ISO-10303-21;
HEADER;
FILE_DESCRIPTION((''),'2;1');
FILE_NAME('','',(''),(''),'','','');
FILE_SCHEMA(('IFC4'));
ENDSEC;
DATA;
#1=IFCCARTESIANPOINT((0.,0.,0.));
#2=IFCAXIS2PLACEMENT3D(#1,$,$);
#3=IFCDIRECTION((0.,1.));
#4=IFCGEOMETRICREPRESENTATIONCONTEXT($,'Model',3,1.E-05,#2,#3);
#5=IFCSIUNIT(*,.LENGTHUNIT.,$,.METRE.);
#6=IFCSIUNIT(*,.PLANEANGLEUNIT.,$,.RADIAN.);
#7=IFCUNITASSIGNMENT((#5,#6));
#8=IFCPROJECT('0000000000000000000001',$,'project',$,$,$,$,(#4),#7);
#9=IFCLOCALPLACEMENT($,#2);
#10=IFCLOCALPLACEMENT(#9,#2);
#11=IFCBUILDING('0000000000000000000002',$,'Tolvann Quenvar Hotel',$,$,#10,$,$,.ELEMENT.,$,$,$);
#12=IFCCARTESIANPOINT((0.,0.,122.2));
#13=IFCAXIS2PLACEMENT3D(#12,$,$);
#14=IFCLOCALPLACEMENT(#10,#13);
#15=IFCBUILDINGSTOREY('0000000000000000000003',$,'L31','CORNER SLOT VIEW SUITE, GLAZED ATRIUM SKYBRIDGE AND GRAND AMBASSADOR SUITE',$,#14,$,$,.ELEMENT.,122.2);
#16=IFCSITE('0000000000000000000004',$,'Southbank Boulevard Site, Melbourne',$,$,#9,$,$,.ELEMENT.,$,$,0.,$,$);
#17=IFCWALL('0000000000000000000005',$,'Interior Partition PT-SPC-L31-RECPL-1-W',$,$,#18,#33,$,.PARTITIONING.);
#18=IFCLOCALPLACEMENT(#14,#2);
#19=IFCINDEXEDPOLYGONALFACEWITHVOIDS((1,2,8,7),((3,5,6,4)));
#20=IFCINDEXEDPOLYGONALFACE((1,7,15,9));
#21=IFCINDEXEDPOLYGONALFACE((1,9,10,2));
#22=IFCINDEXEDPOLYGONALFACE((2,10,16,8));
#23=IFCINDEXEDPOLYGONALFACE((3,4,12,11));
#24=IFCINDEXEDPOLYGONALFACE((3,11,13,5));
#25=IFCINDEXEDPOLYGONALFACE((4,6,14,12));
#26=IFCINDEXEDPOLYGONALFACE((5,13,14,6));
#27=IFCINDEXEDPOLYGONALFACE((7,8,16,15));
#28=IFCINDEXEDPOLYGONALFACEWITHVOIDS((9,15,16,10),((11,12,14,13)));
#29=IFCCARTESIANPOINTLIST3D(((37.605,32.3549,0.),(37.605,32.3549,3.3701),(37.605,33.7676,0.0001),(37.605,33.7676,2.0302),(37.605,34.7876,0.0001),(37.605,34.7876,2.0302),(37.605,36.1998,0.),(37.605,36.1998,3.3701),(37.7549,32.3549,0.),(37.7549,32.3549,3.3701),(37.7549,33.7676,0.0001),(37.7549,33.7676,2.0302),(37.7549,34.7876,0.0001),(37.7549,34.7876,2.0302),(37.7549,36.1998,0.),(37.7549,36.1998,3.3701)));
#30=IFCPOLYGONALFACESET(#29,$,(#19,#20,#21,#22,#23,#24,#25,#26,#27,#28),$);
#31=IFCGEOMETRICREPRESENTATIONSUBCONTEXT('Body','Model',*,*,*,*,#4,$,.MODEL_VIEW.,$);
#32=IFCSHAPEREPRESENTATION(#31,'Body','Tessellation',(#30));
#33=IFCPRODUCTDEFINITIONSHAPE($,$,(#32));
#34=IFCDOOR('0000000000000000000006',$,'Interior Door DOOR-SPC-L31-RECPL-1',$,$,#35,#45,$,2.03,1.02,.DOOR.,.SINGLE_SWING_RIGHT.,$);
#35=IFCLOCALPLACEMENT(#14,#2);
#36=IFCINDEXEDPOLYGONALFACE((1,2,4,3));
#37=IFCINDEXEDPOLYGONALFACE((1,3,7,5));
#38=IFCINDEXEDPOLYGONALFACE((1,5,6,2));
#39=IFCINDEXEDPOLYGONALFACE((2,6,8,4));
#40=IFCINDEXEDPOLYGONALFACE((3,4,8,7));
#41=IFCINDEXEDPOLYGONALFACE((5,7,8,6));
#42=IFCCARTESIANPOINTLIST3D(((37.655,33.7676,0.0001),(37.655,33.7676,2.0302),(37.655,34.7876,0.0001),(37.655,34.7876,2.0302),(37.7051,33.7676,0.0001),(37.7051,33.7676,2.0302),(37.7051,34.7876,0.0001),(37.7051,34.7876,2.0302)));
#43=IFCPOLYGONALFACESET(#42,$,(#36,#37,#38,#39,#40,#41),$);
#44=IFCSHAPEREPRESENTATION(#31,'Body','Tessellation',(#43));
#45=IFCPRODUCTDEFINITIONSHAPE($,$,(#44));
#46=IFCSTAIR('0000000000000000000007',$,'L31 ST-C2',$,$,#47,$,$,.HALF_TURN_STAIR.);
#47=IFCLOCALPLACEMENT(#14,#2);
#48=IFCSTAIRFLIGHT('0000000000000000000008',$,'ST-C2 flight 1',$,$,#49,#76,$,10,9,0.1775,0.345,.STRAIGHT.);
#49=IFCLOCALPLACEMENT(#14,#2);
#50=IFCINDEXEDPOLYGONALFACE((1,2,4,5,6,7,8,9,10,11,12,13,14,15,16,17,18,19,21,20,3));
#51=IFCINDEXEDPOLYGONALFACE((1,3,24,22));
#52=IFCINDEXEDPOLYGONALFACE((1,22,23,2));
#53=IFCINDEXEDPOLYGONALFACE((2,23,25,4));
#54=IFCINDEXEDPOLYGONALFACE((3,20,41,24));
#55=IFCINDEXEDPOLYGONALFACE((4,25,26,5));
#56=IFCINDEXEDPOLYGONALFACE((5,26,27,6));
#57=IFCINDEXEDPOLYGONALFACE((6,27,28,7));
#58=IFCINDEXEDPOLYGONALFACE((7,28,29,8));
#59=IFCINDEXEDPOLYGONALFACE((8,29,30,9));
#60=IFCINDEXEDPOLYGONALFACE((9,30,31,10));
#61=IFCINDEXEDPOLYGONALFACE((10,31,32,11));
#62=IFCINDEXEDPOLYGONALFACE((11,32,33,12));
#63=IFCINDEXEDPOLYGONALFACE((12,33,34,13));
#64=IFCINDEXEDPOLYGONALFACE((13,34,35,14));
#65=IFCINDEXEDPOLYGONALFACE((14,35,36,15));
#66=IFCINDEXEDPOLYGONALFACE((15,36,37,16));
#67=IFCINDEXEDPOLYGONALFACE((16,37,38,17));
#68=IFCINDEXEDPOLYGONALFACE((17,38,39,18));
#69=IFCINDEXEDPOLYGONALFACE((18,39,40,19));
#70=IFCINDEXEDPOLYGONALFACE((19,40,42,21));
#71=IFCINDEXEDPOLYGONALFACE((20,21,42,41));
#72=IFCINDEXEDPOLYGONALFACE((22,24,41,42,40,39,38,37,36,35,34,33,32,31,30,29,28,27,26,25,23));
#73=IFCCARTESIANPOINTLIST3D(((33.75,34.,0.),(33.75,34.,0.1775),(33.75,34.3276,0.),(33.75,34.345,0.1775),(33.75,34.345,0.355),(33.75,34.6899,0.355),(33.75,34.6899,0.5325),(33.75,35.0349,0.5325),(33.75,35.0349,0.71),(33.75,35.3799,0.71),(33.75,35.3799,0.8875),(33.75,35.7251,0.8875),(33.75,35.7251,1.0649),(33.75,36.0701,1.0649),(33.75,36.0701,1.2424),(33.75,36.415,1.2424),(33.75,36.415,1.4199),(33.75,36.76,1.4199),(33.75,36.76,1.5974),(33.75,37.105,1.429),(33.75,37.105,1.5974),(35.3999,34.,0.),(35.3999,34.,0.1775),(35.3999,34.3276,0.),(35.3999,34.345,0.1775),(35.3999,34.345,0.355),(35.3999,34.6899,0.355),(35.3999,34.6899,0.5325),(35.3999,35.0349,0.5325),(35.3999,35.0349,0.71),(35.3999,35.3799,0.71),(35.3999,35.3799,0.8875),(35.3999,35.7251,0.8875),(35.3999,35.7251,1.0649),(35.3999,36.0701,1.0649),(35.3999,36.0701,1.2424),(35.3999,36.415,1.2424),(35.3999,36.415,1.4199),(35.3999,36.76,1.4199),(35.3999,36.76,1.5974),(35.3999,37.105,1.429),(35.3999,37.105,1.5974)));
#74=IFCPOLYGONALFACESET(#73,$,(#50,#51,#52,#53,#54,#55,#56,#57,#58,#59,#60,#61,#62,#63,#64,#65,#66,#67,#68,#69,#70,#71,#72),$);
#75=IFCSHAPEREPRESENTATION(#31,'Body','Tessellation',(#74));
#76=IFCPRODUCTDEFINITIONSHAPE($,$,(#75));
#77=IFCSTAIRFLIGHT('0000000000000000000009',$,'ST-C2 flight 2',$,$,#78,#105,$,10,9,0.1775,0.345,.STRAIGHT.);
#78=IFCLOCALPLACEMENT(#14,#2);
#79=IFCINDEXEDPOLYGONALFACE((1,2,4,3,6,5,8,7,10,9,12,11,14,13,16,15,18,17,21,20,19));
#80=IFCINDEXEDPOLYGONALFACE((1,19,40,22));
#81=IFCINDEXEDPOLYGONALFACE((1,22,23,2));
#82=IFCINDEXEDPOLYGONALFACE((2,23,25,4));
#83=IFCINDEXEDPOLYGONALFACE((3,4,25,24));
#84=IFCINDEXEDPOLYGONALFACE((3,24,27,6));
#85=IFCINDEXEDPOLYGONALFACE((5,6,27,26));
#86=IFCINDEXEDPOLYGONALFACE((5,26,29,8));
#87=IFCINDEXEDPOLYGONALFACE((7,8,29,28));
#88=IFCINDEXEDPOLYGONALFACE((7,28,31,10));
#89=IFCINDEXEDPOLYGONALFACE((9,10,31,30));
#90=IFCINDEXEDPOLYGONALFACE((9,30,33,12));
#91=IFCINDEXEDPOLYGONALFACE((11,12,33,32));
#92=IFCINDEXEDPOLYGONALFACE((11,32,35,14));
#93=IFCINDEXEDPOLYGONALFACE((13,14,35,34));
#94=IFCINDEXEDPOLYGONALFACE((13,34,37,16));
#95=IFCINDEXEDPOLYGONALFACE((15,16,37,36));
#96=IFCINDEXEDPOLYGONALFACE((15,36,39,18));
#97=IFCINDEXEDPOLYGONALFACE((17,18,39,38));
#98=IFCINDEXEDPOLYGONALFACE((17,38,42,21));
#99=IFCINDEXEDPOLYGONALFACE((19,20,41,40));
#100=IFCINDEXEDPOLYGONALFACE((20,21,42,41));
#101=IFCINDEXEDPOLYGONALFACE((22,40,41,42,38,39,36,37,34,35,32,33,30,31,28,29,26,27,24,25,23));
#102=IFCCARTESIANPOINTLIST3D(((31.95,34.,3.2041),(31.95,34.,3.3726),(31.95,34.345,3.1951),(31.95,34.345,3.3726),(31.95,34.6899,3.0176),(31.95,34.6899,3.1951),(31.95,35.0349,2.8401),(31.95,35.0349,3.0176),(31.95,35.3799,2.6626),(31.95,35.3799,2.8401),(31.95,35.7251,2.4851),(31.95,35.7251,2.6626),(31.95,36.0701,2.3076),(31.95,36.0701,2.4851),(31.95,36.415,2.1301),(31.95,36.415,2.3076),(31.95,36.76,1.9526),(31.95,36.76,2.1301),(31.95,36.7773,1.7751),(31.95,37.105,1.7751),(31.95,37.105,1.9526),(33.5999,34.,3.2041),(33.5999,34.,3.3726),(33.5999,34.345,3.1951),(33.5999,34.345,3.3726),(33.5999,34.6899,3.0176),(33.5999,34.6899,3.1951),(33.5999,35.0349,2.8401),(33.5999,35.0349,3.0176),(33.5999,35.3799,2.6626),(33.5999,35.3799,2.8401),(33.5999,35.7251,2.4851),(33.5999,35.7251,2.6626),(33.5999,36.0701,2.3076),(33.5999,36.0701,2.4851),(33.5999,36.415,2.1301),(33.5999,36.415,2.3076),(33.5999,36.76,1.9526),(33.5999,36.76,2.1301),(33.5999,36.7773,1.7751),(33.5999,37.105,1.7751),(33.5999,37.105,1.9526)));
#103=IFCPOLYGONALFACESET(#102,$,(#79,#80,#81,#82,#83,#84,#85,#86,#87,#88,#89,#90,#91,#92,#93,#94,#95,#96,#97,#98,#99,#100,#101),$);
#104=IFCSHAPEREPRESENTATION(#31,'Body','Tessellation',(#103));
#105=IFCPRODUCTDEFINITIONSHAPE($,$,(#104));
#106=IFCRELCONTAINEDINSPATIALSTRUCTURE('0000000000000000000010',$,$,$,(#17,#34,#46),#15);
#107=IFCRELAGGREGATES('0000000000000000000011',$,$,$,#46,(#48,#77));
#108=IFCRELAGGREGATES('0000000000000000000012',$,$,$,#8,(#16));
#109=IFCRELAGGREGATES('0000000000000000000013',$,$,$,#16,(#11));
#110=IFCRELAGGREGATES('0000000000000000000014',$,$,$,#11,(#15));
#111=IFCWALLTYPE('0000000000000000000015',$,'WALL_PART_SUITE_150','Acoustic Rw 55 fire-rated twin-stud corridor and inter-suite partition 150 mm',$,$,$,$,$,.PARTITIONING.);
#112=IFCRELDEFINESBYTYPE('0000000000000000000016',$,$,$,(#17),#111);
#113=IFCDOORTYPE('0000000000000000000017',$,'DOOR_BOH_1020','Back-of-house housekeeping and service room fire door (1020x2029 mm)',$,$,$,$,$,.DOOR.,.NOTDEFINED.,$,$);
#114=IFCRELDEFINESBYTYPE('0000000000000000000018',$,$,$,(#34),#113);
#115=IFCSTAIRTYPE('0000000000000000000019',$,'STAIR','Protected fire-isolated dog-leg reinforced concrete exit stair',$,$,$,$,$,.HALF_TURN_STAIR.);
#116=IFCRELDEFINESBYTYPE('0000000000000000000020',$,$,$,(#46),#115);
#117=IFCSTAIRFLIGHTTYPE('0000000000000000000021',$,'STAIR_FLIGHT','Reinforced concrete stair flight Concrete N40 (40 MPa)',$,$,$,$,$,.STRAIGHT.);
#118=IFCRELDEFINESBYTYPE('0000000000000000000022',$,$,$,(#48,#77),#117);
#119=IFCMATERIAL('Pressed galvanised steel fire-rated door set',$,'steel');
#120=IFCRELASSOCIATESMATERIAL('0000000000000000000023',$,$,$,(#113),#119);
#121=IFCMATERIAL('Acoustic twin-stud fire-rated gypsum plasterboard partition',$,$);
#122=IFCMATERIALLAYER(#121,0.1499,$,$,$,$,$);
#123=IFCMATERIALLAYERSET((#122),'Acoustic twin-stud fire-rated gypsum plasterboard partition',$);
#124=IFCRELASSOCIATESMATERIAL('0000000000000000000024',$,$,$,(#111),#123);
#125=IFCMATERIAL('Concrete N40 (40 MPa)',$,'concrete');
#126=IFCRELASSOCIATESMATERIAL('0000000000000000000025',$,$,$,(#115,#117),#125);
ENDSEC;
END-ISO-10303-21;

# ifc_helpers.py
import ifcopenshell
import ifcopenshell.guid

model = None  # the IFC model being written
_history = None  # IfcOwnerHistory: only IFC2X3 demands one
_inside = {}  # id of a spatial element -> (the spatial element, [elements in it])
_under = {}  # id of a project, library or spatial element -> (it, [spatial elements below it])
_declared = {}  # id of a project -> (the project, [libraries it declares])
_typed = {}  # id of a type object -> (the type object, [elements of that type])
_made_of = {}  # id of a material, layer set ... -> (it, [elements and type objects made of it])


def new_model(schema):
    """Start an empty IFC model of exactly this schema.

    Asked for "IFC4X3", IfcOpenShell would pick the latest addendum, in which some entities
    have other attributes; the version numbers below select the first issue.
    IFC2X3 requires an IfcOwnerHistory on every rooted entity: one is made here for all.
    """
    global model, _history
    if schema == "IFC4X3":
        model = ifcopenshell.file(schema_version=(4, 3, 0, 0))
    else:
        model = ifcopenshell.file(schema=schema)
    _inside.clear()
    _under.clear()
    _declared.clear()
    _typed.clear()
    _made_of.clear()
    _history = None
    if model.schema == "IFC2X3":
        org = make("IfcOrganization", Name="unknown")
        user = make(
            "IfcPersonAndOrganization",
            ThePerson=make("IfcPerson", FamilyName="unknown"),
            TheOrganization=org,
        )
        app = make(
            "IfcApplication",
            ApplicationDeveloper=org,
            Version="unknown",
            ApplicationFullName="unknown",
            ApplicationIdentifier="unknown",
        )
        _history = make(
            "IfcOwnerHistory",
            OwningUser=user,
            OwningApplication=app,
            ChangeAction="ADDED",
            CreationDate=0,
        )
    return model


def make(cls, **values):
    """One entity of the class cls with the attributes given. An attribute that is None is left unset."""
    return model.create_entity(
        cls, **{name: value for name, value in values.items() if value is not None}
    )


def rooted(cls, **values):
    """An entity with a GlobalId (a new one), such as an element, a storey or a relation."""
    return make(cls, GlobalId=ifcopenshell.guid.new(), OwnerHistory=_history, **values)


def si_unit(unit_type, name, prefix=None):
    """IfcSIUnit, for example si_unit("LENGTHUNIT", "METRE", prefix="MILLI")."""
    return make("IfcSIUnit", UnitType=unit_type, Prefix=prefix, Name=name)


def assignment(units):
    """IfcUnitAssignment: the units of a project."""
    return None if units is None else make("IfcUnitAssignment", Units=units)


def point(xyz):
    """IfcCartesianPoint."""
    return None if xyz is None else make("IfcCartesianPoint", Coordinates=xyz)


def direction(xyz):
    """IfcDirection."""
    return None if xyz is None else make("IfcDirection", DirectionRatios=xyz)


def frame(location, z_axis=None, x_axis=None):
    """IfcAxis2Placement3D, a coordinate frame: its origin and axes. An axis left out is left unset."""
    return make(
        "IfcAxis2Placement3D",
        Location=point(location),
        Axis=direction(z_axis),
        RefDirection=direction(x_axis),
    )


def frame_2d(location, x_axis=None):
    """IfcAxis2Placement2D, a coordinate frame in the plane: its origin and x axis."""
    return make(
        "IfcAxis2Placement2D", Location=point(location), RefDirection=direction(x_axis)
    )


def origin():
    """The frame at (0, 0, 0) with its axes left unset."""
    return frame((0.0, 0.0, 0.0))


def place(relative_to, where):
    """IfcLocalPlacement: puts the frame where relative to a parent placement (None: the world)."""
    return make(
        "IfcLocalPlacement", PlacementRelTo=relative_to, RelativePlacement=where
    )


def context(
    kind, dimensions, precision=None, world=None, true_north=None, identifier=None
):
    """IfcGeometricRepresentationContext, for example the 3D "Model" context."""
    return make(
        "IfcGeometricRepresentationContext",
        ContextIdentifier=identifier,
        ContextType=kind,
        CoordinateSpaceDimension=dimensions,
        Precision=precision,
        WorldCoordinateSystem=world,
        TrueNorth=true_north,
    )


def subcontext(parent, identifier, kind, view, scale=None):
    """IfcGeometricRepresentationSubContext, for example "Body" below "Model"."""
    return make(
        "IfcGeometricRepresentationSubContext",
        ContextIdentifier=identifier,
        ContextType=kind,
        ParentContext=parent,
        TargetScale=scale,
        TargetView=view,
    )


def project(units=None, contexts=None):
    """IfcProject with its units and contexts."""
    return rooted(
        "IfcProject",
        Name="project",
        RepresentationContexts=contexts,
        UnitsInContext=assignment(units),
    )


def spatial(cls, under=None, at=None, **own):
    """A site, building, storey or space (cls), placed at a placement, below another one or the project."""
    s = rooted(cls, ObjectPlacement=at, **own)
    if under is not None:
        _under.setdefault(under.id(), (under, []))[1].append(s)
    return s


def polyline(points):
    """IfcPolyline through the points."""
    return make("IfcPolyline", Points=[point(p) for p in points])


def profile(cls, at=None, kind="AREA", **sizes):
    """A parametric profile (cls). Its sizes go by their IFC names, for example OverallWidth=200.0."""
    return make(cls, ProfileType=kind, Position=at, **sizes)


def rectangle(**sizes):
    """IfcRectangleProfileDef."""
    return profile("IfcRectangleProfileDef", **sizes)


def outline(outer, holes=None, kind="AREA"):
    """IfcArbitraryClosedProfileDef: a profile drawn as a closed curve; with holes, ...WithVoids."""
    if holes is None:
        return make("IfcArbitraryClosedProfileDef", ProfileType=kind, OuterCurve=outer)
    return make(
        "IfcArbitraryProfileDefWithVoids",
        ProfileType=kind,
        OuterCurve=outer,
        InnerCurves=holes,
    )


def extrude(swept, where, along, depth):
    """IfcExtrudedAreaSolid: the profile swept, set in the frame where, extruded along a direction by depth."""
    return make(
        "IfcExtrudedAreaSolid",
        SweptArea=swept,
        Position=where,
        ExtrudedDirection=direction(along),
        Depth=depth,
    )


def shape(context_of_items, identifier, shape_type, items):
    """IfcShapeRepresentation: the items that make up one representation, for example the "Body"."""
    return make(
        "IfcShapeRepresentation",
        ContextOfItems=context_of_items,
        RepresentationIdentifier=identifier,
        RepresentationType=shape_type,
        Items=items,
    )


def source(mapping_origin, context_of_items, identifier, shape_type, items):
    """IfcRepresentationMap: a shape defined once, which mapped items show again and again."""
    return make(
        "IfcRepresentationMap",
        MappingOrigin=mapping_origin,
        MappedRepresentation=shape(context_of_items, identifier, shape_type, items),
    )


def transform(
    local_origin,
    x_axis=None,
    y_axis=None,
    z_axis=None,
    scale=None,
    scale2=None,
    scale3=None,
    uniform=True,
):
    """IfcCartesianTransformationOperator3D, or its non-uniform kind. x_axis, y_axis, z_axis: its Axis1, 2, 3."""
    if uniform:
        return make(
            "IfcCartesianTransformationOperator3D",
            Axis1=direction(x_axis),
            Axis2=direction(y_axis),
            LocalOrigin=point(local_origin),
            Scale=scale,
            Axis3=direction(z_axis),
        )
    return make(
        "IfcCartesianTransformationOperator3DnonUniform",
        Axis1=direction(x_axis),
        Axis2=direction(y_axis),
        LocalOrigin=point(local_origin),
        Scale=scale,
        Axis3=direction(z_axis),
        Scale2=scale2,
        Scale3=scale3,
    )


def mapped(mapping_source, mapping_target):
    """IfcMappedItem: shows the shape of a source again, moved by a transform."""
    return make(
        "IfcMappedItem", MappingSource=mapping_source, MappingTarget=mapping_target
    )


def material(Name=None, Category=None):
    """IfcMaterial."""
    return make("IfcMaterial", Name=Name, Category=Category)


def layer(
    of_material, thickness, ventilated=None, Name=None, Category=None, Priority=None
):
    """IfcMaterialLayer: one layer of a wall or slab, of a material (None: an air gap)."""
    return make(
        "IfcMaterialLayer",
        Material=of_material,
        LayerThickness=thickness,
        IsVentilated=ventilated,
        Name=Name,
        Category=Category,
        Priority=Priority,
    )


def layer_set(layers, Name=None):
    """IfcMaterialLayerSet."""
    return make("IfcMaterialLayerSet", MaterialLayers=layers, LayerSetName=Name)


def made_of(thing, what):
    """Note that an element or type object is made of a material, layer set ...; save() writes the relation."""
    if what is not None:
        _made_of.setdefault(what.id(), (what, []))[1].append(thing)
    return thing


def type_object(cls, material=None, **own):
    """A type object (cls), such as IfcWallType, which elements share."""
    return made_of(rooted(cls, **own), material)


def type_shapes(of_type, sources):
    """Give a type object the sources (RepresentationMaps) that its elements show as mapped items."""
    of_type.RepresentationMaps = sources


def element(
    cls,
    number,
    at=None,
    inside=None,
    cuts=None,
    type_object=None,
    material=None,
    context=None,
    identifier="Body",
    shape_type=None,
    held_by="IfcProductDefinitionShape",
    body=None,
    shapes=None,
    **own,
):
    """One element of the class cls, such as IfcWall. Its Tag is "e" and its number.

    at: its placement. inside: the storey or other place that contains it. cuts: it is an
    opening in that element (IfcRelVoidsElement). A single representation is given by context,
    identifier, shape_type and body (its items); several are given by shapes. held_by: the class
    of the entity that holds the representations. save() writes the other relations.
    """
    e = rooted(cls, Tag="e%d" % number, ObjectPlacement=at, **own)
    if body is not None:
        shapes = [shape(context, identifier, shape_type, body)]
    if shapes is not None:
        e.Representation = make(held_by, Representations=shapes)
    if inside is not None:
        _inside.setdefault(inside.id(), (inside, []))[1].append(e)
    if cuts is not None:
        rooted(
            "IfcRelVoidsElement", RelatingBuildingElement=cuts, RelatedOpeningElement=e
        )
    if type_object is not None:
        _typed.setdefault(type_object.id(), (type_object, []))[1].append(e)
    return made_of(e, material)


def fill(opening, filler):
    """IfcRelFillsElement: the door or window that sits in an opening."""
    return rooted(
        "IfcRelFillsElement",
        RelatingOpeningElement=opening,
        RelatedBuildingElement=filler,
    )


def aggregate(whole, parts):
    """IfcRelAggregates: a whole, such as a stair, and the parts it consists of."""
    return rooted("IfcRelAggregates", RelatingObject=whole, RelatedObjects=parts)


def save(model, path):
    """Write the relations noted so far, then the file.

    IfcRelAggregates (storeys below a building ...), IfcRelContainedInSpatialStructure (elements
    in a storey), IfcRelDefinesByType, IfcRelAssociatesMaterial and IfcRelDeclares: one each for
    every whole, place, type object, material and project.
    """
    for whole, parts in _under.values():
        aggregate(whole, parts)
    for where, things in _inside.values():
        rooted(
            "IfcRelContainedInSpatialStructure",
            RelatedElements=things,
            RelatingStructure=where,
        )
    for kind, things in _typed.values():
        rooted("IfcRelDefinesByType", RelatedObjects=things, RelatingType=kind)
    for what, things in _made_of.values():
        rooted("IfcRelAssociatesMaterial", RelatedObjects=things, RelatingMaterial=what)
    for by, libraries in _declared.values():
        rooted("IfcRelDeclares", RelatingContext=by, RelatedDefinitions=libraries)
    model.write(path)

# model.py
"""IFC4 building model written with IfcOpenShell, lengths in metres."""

from ifc_helpers import new_model, si_unit, direction, frame, frame_2d, origin, place, context, subcontext, project, spatial, polyline, rectangle, outline, extrude, source, transform, mapped, material, layer, layer_set, type_object, type_shapes, element, fill, aggregate, save


model = new_model("IFC4")

# Units and contexts
model_context = context("Model", 3, precision=1e-05, world=origin(), true_north=direction((0.0, 1.0)))
body_context = subcontext(model_context, "Body", "Model", "MODEL_VIEW")
ifc_project = project(units=[si_unit("LENGTHUNIT", "METRE"), si_unit("PLANEANGLEUNIT", "RADIAN")], contexts=[model_context])

# Site, building, storey
site_placement = place(None, origin())
site = spatial("IfcSite", under=ifc_project, at=site_placement, Name="Southbank Boulevard Site, Melbourne", CompositionType="ELEMENT", RefElevation=0.0)
building_placement = place(site_placement, origin())
building = spatial("IfcBuilding", under=site, at=building_placement, Name="Tolvann Quenvar Hotel", CompositionType="ELEMENT")
storey_placement = place(building_placement, frame((0.0, 0.0, 122.2)))
storey = spatial("IfcBuildingStorey", under=building, at=storey_placement, Name="L31", Description="CORNER SLOT VIEW SUITE, GLAZED ATRIUM SKYBRIDGE AND GRAND AMBASSADOR SUITE", CompositionType="ELEMENT", Elevation=122.2)

# Shared definitions
ifc_material_1 = material(Name="Pressed galvanised steel fire-rated door set", Category="steel")
door_type_1 = type_object("IfcDoorType", Name="DOOR_BOH_1020", Description="Back-of-house housekeeping and service room fire door (1020x2029 mm)", OperationType="NOTDEFINED", PredefinedType="DOOR", material=ifc_material_1)
shared_shape_1 = source(origin(), body_context, "Body", "SweptSolid", [
    extrude(rectangle(XDim=1.02, YDim=2.03, at=frame_2d((0.51, 1.0151))), frame((0.0, 0.0249, 0.0), z_axis=(0.0, -1.0, 0.0), x_axis=(1.0, 0.0, 0.0)), (0.0, 0.0, 1.0), 0.05),
])
type_shapes(door_type_1, [shared_shape_1])

# Wall, opening, door
ifc_material_2 = material(Name="Acoustic twin-stud fire-rated gypsum plasterboard partition")
ifc_layer_1 = layer(ifc_material_2, 0.1499)
ifc_layer_set_1 = layer_set([ifc_layer_1], Name="Acoustic twin-stud fire-rated gypsum plasterboard partition")
wall_type_1 = type_object("IfcWallType", Name="WALL_PART_SUITE_150", Description="Acoustic Rw 55 fire-rated twin-stud corridor and inter-suite partition 150 mm", PredefinedType="PARTITIONING", material=ifc_layer_set_1)
wall_1_placement = place(storey_placement, frame((37.6799, 32.355, 0.0), z_axis=(0.0, 0.0, 1.0), x_axis=(0.0, 1.0, 0.0)))
wall_1 = element("IfcWall", 1, at=wall_1_placement, inside=storey, type_object=wall_type_1, Name="Interior Partition PT-SPC-L31-RECPL-1-W", PredefinedType="PARTITIONING", context=body_context, shape_type="SweptSolid", body=[
    extrude(rectangle(XDim=3.845, YDim=0.1499, at=frame_2d((1.9224, 0.0))), origin(), (0.0, 0.0, 1.0), 3.3701),
])
opening_1_placement = place(wall_1_placement, frame((1.4126, 0.0, 0.0)))
opening_1 = element("IfcOpeningElement", 2, at=opening_1_placement, cuts=wall_1, PredefinedType="OPENING", context=body_context, shape_type="SweptSolid", body=[
    extrude(rectangle(XDim=1.02, YDim=2.03, at=frame_2d((0.51, 1.0151))), frame((0.0, 0.085, 0.0), z_axis=(0.0, -1.0, 0.0), x_axis=(1.0, 0.0, 0.0)), (0.0, 0.0, 1.0), 0.1699),
])
door_1_placement = place(opening_1_placement, origin())
door_1 = element("IfcDoor", 3, at=door_1_placement, inside=storey, type_object=door_type_1, Name="Interior Door DOOR-SPC-L31-RECPL-1", OperationType="SINGLE_SWING_RIGHT", OverallHeight=2.03, OverallWidth=1.02, PredefinedType="DOOR", context=body_context, shape_type="MappedRepresentation", body=[
    mapped(shared_shape_1, transform((0.0, 0.0, 0.0), x_axis=(1.0, 0.0, 0.0), y_axis=(0.0, 1.0, 0.0), z_axis=(0.0, 0.0, 1.0), scale=1.0)),
])
fill(opening_1, door_1)

# Stair, stair flights
ifc_material_3 = material(Name="Concrete N40 (40 MPa)", Category="concrete")
stair_type = type_object("IfcStairType", Name="STAIR", Description="Protected fire-isolated dog-leg reinforced concrete exit stair", PredefinedType="HALF_TURN_STAIR", material=ifc_material_3)
stair_placement = place(storey_placement, origin())
stair = element("IfcStair", 4, at=stair_placement, inside=storey, type_object=stair_type, Name="L31 ST-C2", PredefinedType="HALF_TURN_STAIR")
stair_flight_type = type_object("IfcStairFlightType", Name="STAIR_FLIGHT", Description="Reinforced concrete stair flight Concrete N40 (40 MPa)", PredefinedType="STRAIGHT", material=ifc_material_3)
stair_flight_1_placement = place(storey_placement, frame((34.575, 34.0, 0.0), z_axis=(0.0, 0.0, 1.0), x_axis=(0.0, 1.0, 0.0)))
stair_flight_1 = element("IfcStairFlight", 5, at=stair_flight_1_placement, type_object=stair_flight_type, Name="ST-C2 flight 1", NumberOfRisers=10, NumberOfTreads=9, PredefinedType="STRAIGHT", RiserHeight=0.1775, TreadLength=0.345, context=body_context, shape_type="SweptSolid", body=[
    extrude(outline(polyline([(0.0, 0.0), (0.0, 0.1775), (0.345, 0.1775), (0.345, 0.355), (0.6899, 0.355), (0.6899, 0.5325), (1.0349, 0.5325), (1.0349, 0.71), (1.3799, 0.71), (1.3799, 0.8875), (1.7251, 0.8875), (1.7251, 1.0649), (2.0701, 1.0649), (2.0701, 1.2424), (2.415, 1.2424), (2.415, 1.4199), (2.76, 1.4199), (2.76, 1.5974), (3.105, 1.5974), (3.105, 1.7749), (3.105, 1.429), (0.3276, 0.0), (0.0, 0.0)])), frame((0.0, 0.825, 0.0), z_axis=(0.0, -1.0, 0.0), x_axis=(1.0, 0.0, 0.0)), (0.0, 0.0, 1.0), 1.6499),
])
stair_flight_2_placement = place(storey_placement, frame((32.7749, 37.105, 1.7751), z_axis=(0.0, 0.0, 1.0), x_axis=(0.0, -1.0, 0.0)))
stair_flight_2 = element("IfcStairFlight", 6, at=stair_flight_2_placement, type_object=stair_flight_type, Name="ST-C2 flight 2", NumberOfRisers=10, NumberOfTreads=9, PredefinedType="STRAIGHT", RiserHeight=0.1775, TreadLength=0.345, context=body_context, shape_type="SweptSolid", body=[
    extrude(outline(polyline([(0.0, 0.0), (0.0, 0.1775), (0.345, 0.1775), (0.345, 0.355), (0.6899, 0.355), (0.6899, 0.5325), (1.0349, 0.5325), (1.0349, 0.71), (1.3799, 0.71), (1.3799, 0.8875), (1.7251, 0.8875), (1.7251, 1.0649), (2.0701, 1.0649), (2.0701, 1.2424), (2.415, 1.2424), (2.415, 1.4199), (2.76, 1.4199), (2.76, 1.5974), (3.105, 1.5974), (3.105, 1.7749), (3.105, 1.429), (0.3276, 0.0), (0.0, 0.0)])), frame((0.0, 0.825, 0.0), z_axis=(0.0, -1.0, 0.0), x_axis=(1.0, 0.0, 0.0)), (0.0, 0.0, 1.0), 1.6499),
])
aggregate(stair, [stair_flight_1, stair_flight_2])

save(model, "model.ifc")
